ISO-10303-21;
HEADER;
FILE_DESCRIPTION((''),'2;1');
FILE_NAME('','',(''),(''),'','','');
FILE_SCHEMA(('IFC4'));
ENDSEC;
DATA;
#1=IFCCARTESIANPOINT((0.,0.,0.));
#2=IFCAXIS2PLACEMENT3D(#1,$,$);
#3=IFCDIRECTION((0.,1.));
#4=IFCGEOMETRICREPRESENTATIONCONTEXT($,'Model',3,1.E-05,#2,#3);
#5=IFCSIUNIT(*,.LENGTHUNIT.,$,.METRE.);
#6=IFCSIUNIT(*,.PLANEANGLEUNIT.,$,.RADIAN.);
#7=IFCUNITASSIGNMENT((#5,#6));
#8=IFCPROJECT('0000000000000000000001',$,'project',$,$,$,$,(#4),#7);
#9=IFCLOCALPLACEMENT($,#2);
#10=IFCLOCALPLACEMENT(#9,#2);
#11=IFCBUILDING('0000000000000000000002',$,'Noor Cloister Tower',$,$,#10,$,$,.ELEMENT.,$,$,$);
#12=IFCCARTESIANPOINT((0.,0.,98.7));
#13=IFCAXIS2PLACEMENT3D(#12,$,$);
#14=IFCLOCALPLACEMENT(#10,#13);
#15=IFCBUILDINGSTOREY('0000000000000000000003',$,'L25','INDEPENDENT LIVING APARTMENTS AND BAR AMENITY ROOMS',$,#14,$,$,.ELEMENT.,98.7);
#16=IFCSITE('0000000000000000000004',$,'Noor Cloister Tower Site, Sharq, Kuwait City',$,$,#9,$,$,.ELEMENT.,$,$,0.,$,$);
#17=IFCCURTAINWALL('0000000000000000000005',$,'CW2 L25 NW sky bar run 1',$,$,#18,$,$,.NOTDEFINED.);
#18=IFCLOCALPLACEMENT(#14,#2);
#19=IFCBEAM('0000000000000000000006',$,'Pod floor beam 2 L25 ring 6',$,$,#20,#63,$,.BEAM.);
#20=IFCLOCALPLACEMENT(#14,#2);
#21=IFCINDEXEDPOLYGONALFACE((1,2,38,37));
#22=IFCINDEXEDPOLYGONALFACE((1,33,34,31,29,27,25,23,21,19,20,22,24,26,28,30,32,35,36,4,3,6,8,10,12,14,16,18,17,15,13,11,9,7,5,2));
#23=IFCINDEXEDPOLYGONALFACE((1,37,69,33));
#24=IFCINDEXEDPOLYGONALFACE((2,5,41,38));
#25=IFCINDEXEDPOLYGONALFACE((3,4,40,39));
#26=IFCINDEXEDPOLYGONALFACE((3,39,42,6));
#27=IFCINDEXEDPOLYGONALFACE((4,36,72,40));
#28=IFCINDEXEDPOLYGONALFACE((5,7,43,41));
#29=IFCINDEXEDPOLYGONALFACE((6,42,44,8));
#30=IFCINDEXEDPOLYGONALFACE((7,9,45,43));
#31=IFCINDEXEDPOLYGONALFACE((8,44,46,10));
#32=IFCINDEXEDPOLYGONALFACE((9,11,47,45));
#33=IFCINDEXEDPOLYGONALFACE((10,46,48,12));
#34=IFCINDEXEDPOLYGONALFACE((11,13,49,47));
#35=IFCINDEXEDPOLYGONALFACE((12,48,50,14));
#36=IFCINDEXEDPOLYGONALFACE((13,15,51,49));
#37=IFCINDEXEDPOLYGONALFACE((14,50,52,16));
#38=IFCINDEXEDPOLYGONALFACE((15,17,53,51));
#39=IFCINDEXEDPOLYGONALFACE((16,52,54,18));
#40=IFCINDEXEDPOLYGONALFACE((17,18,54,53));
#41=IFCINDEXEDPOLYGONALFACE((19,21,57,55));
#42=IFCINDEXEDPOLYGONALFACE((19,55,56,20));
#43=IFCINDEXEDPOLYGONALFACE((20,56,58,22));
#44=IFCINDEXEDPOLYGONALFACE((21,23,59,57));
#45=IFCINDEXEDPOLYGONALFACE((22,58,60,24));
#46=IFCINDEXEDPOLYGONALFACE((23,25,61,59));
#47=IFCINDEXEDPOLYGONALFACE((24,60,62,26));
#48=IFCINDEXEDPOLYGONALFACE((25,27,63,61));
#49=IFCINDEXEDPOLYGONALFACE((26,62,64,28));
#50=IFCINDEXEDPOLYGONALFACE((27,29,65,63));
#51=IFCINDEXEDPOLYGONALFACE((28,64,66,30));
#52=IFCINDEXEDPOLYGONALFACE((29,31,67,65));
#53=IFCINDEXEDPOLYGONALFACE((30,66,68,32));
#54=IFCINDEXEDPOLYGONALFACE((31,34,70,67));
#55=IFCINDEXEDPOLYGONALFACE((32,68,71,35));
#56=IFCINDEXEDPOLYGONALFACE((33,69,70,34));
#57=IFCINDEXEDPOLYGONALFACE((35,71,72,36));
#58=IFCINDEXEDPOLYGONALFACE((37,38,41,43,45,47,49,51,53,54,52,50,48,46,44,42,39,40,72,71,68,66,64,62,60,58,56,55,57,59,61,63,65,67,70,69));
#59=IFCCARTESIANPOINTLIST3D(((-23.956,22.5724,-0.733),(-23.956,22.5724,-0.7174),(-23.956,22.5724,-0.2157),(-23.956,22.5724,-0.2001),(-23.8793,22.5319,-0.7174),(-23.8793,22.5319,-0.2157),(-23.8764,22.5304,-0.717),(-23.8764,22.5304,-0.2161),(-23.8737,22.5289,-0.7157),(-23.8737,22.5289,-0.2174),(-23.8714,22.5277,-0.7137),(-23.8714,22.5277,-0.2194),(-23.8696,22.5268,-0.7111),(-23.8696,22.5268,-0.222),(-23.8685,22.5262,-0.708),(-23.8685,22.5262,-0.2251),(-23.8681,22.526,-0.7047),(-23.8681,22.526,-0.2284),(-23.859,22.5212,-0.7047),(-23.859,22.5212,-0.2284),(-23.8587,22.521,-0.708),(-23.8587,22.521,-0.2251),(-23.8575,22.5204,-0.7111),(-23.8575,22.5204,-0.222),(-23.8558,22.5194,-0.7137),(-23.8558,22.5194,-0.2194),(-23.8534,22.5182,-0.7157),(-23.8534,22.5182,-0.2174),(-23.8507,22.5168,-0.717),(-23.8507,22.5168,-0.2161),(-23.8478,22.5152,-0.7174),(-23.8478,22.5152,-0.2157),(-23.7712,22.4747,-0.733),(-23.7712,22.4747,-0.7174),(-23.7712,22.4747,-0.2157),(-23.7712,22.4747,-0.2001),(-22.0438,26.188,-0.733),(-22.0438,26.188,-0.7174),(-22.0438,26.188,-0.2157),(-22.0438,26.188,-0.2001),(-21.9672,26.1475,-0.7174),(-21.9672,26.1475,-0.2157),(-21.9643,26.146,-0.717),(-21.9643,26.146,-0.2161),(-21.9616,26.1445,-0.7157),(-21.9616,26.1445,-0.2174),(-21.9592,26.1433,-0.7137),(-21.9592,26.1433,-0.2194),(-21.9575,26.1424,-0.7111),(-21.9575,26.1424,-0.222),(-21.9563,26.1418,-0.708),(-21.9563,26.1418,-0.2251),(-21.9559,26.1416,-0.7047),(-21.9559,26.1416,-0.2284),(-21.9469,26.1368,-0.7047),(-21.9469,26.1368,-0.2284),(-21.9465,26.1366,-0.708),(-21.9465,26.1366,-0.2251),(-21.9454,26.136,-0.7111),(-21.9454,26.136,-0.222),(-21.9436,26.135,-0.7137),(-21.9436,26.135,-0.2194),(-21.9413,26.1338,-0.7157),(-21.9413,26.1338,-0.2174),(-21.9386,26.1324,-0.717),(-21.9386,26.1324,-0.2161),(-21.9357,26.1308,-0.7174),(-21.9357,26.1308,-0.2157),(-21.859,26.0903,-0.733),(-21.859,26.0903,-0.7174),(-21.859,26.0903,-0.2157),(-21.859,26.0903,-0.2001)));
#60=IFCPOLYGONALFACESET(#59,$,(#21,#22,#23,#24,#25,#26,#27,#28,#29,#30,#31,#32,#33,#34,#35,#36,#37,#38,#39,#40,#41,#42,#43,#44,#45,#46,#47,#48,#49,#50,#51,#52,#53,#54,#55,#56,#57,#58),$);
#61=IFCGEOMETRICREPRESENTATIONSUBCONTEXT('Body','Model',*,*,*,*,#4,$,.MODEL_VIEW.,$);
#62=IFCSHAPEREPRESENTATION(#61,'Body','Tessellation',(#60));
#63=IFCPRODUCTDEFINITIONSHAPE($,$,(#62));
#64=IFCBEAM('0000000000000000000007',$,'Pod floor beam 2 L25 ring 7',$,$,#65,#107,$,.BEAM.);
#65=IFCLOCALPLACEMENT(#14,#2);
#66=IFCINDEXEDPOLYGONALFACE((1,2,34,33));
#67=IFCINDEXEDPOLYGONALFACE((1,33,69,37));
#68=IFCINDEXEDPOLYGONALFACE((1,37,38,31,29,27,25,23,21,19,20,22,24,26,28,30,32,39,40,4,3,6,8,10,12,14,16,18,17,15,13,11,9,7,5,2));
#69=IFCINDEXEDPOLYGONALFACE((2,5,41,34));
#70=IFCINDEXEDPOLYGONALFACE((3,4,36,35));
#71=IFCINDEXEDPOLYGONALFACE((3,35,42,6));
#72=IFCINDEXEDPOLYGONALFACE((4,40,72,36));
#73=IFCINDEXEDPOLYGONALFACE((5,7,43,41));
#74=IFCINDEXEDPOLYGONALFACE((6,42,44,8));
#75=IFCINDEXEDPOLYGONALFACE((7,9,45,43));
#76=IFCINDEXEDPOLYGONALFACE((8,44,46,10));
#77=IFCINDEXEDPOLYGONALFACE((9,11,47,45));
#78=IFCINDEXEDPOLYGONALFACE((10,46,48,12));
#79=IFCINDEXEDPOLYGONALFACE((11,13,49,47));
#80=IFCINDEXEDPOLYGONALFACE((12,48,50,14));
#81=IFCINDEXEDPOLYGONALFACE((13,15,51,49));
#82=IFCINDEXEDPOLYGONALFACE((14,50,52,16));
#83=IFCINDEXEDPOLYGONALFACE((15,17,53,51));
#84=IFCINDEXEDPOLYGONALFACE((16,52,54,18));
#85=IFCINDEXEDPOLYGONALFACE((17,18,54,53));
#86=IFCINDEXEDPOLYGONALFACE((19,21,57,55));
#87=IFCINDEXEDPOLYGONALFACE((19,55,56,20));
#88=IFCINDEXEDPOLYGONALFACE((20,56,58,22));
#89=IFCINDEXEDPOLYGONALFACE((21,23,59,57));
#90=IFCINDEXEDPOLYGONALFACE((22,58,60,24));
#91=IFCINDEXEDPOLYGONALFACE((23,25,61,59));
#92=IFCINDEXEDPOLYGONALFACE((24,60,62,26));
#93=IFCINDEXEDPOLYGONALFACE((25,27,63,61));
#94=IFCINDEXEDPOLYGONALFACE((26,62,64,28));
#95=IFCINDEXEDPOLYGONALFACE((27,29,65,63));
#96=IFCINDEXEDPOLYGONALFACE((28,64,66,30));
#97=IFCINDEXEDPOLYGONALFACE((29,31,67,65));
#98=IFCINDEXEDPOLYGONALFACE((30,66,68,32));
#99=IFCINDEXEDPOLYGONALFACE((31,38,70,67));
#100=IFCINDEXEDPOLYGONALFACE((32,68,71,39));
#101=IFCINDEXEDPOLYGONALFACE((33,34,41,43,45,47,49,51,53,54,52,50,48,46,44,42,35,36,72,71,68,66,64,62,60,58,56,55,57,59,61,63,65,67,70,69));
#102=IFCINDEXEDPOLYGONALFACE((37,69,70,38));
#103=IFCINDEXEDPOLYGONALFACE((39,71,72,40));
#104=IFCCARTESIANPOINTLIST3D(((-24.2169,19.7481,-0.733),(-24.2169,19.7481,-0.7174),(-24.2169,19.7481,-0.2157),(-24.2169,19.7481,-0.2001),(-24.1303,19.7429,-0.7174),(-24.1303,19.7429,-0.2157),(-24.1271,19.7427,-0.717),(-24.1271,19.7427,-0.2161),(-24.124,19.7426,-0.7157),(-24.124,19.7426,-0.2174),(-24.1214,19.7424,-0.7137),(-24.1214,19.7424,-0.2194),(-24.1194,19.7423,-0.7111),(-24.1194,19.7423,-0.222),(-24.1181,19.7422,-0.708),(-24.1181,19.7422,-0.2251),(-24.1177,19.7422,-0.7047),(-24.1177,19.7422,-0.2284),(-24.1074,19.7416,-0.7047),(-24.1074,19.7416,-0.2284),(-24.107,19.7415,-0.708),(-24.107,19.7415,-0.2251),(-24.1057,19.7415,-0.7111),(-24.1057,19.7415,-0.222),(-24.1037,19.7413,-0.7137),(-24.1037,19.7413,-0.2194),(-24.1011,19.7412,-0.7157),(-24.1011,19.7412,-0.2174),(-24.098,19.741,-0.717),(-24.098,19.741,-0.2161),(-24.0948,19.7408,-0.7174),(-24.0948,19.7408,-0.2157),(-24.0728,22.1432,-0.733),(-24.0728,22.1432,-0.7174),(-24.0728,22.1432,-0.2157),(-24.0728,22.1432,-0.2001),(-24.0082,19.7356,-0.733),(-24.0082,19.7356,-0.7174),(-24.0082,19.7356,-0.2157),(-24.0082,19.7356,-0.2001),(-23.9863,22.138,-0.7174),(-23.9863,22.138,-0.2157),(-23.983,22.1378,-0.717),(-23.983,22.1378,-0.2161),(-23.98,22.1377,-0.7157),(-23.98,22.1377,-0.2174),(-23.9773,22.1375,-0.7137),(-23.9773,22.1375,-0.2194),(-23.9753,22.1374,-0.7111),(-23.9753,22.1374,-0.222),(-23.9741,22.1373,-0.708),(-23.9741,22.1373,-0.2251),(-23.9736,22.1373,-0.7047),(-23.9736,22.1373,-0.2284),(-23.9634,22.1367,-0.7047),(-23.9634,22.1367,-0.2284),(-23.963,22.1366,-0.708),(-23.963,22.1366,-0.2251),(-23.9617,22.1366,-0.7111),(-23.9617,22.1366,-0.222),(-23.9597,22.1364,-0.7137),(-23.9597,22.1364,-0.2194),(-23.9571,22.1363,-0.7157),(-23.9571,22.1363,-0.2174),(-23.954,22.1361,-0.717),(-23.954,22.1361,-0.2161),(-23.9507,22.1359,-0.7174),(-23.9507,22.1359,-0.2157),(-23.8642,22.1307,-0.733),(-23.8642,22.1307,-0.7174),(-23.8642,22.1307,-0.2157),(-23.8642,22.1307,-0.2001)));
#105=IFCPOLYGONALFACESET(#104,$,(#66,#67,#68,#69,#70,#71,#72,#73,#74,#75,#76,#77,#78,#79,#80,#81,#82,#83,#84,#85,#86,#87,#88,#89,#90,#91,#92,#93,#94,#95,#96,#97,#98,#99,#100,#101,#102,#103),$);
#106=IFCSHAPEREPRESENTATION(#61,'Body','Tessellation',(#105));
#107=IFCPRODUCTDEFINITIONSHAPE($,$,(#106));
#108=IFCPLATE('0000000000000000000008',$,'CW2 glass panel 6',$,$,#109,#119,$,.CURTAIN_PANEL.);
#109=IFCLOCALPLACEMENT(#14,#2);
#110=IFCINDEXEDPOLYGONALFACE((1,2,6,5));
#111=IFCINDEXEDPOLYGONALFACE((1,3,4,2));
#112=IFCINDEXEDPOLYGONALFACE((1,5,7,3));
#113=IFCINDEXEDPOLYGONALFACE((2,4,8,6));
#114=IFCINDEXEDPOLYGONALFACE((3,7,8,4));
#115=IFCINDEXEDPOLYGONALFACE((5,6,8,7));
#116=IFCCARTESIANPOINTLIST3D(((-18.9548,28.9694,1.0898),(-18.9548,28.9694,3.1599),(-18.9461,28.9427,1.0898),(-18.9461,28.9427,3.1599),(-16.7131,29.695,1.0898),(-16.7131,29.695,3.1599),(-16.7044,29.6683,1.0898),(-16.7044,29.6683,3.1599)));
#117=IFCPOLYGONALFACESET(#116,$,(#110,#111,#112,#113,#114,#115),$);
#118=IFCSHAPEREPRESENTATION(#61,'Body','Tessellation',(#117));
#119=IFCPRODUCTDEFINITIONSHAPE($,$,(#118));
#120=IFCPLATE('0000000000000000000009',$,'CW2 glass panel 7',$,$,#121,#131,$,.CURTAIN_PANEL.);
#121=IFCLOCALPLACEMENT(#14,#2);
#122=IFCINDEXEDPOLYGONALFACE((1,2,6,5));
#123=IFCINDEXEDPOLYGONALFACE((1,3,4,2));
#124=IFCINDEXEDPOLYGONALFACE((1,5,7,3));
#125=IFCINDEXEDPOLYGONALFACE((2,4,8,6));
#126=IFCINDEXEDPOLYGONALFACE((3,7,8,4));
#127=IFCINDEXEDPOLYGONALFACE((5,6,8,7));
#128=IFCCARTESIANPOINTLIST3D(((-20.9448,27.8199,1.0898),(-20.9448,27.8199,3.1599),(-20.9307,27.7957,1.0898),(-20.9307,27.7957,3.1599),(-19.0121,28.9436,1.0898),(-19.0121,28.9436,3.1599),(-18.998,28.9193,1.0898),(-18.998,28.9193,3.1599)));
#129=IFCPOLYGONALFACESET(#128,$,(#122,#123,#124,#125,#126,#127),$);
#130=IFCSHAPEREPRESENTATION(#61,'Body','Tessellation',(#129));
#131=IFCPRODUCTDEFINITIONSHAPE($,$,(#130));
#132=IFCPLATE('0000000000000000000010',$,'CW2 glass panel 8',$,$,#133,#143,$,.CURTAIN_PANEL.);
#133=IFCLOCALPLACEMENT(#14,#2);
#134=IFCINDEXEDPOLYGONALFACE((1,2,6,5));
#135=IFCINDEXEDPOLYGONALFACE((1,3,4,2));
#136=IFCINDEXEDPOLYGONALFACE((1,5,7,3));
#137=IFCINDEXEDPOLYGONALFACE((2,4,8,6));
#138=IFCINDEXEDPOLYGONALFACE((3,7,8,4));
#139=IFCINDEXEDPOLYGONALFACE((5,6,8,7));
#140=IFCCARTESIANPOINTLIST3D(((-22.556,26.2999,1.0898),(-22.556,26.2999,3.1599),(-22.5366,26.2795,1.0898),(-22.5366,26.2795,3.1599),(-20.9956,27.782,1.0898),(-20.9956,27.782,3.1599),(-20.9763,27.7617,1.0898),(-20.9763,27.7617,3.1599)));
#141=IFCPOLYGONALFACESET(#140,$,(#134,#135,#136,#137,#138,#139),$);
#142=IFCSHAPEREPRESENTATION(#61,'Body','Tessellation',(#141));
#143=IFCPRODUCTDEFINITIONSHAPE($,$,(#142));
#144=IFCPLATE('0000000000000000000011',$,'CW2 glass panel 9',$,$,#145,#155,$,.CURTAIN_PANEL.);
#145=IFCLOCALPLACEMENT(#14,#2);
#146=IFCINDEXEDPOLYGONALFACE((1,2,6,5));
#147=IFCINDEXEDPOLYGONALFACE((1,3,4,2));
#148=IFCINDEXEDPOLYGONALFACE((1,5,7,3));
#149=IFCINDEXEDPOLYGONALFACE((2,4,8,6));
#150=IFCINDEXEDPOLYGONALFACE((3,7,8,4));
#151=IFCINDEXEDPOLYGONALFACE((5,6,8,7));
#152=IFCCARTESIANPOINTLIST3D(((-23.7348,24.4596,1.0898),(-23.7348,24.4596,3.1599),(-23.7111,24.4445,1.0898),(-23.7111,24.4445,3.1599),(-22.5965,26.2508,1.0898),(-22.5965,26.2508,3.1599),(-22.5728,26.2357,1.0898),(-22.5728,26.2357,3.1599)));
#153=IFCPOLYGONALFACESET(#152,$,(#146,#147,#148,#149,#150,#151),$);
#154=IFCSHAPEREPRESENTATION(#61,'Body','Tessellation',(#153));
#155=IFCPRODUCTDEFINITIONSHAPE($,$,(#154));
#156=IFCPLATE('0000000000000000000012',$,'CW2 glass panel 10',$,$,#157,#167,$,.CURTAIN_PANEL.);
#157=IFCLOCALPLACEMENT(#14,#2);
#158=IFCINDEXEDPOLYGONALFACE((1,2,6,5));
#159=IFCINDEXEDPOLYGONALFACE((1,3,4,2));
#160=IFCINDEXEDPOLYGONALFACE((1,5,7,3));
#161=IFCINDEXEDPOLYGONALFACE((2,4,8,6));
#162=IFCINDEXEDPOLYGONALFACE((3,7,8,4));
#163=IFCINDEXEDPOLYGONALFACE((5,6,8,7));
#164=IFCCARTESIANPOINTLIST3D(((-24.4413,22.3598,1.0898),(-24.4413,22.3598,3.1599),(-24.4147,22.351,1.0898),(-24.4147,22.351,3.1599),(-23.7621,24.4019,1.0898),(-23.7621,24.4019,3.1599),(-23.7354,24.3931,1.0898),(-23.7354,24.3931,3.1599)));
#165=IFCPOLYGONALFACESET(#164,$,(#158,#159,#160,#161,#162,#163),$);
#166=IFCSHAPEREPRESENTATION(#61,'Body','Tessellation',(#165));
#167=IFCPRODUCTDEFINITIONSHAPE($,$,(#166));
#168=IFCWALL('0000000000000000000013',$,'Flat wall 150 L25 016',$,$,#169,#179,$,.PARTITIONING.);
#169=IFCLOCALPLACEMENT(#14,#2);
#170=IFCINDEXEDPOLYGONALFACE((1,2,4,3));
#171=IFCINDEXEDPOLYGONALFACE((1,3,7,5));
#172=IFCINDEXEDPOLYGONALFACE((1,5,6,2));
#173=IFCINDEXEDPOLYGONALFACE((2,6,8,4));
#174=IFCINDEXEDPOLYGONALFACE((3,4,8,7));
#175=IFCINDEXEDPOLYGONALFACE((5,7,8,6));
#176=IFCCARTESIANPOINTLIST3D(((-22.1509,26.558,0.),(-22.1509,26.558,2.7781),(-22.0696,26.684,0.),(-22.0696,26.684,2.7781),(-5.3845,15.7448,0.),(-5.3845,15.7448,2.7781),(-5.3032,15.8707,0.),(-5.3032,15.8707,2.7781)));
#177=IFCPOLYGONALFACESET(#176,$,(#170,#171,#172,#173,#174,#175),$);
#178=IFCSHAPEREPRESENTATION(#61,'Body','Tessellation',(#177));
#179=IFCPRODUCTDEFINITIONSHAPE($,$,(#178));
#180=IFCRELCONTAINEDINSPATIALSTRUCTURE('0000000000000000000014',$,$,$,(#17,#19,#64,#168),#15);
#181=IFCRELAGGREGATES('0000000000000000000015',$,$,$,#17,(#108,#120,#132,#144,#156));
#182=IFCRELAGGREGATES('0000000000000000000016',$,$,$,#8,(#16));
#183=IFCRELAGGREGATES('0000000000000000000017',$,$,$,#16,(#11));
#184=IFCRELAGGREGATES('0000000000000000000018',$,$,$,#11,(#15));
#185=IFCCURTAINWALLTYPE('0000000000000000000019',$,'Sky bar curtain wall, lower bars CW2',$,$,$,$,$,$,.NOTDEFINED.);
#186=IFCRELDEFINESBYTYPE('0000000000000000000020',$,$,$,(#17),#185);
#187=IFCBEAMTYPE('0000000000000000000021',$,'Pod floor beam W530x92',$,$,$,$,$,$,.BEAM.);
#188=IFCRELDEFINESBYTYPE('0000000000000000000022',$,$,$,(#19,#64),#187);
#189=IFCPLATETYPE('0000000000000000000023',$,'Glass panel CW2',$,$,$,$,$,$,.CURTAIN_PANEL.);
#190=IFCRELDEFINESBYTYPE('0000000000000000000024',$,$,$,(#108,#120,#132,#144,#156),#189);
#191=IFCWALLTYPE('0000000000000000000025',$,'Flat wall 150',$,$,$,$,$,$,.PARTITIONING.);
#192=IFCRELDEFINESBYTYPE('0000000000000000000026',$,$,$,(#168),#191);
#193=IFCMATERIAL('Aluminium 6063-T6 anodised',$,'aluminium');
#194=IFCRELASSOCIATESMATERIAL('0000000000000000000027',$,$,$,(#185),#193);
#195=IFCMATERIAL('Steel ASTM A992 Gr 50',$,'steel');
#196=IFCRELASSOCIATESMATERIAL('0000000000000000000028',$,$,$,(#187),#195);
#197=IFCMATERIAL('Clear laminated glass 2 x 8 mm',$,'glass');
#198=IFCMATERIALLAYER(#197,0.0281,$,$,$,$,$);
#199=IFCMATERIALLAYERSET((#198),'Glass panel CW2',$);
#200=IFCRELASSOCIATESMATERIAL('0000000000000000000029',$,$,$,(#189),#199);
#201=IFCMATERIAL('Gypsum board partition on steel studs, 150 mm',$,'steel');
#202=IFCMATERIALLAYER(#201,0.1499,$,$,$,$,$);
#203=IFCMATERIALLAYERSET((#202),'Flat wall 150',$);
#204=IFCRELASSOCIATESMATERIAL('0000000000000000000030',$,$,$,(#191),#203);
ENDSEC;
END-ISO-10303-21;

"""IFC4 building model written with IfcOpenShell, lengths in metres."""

from ifc_helpers import new_model, si_unit, direction, frame, frame_2d, origin, origin_2d, place, context, subcontext, project, spatial, rectangle, i_section, extrude, material, layer, layer_set, material_profile, profile_set, type_object, element, aggregate, save


model = new_model("IFC4")

# Units and contexts
model_context = context("Model", 3, precision=1e-05, world=origin(), true_north=direction((0.0, 1.0)))
body_context = subcontext(model_context, "Body", "Model", "MODEL_VIEW")
ifc_project = project(units=[si_unit("LENGTHUNIT", "METRE"), si_unit("PLANEANGLEUNIT", "RADIAN")], contexts=[model_context])

# Site, building, storey
site_placement = place(None, origin())
site = spatial("IfcSite", under=ifc_project, at=site_placement, Name="Noor Cloister Tower Site, Sharq, Kuwait City", CompositionType="ELEMENT", RefElevation=0.0)
building_placement = place(site_placement, origin())
building = spatial("IfcBuilding", under=site, at=building_placement, Name="Noor Cloister Tower", CompositionType="ELEMENT")
storey_placement = place(building_placement, frame((0.0, 0.0, 98.7)))
storey = spatial("IfcBuildingStorey", under=building, at=storey_placement, Name="L25", Description="INDEPENDENT LIVING APARTMENTS AND BAR AMENITY ROOMS", CompositionType="ELEMENT", Elevation=98.7)

# Curtain wall
ifc_material_1 = material(Name="Aluminium 6063-T6 anodised", Category="aluminium")
curtain_wall_type = type_object("IfcCurtainWallType", Name="Sky bar curtain wall, lower bars CW2", PredefinedType="NOTDEFINED", material=ifc_material_1)
curtain_wall_placement = place(storey_placement, origin())
curtain_wall = element("IfcCurtainWall", 1, at=curtain_wall_placement, inside=storey, type_object=curtain_wall_type, Name="CW2 L25 NW sky bar run 1", PredefinedType="NOTDEFINED")

# Beams
ifc_material_2 = material(Name="Steel ASTM A992 Gr 50", Category="steel")
ifc_material_profile_1 = material_profile(ifc_material_2, i_section(OverallWidth=0.209, OverallDepth=0.533, WebThickness=0.0103, FlangeThickness=0.0156, FilletRadius=0.0127, at=origin_2d()), Name="W530x92")
ifc_profile_set_1 = profile_set([ifc_material_profile_1], Name="Steel ASTM A992 Gr 50")
beam_type = type_object("IfcBeamType", Name="Pod floor beam W530x92", PredefinedType="BEAM", material=ifc_profile_set_1)
beam_1_placement = place(storey_placement, frame((-21.9514, 26.1392, -0.4666), z_axis=(-0.467512, -0.883987, 0.0), x_axis=(0.883987, -0.467512, 0.0)))
element("IfcBeam", 2, at=beam_1_placement, inside=storey, type_object=beam_type, Name="Pod floor beam 2 L25 ring 6", PredefinedType="BEAM", context=body_context, shape_type="SweptSolid", body=[
    extrude(i_section(OverallWidth=0.209, OverallDepth=0.533, WebThickness=0.0103, FlangeThickness=0.0156, FilletRadius=0.0127, at=origin_2d()), origin(), (0.0, 0.0, 1.0), 4.0901),
])
beam_2_placement = place(storey_placement, frame((-23.9685, 22.137, -0.4666), z_axis=(-0.060034, -0.998196, 0.0), x_axis=(0.998196, -0.060034, 0.0)))
element("IfcBeam", 3, at=beam_2_placement, inside=storey, type_object=beam_type, Name="Pod floor beam 2 L25 ring 7", PredefinedType="BEAM", context=body_context, shape_type="SweptSolid", body=[
    extrude(i_section(OverallWidth=0.209, OverallDepth=0.533, WebThickness=0.0103, FlangeThickness=0.0156, FilletRadius=0.0127, at=origin_2d()), origin(), (0.0, 0.0, 1.0), 2.3994),
])

# Plates
ifc_material_3 = material(Name="Clear laminated glass 2 x 8 mm", Category="glass")
ifc_layer_1 = layer(ifc_material_3, 0.0281)
ifc_layer_set_1 = layer_set([ifc_layer_1], Name="Glass panel CW2")
plate_type = type_object("IfcPlateType", Name="Glass panel CW2", PredefinedType="CURTAIN_PANEL", material=ifc_layer_set_1)
plate_1_placement = place(storey_placement, frame((-17.8296, 29.3188, 1.0898), z_axis=(0.0, 0.0, 1.0), x_axis=(-0.951406, -0.307939, 0.0)))
plate_1 = element("IfcPlate", 4, at=plate_1_placement, type_object=plate_type, Name="CW2 glass panel 6", PredefinedType="CURTAIN_PANEL", context=body_context, shape_type="SweptSolid", body=[
    extrude(rectangle(XDim=2.3562, YDim=0.0281, at=origin_2d()), origin(), (0.0, 0.0, 1.0), 2.0701),
])
plate_2_placement = place(storey_placement, frame((-19.9714, 28.3696, 1.0898), z_axis=(0.0, 0.0, 1.0), x_axis=(-0.864505, -0.502624, 0.0)))
plate_2 = element("IfcPlate", 5, at=plate_2_placement, type_object=plate_type, Name="CW2 glass panel 7", PredefinedType="CURTAIN_PANEL", context=body_context, shape_type="SweptSolid", body=[
    extrude(rectangle(XDim=2.2356, YDim=0.0281, at=origin_2d()), origin(), (0.0, 0.0, 1.0), 2.0701),
])
plate_3_placement = place(storey_placement, frame((-21.7661, 27.0308, 1.0898), z_axis=(0.0, 0.0, 1.0), x_axis=(-0.725048, -0.688698, 0.0)))
plate_3 = element("IfcPlate", 6, at=plate_3_placement, type_object=plate_type, Name="CW2 glass panel 8", PredefinedType="CURTAIN_PANEL", context=body_context, shape_type="SweptSolid", body=[
    extrude(rectangle(XDim=2.1521, YDim=0.0281, at=origin_2d()), origin(), (0.0, 0.0, 1.0), 2.0701),
])
plate_4_placement = place(storey_placement, frame((-23.1538, 25.3477, 1.0898), z_axis=(0.0, 0.0, 1.0), x_axis=(-0.53635, -0.843995, 0.0)))
plate_4 = element("IfcPlate", 7, at=plate_4_placement, type_object=plate_type, Name="CW2 glass panel 9", PredefinedType="CURTAIN_PANEL", context=body_context, shape_type="SweptSolid", body=[
    extrude(rectangle(XDim=2.1223, YDim=0.0281, at=origin_2d()), origin(), (0.0, 0.0, 1.0), 2.0701),
])
plate_5_placement = place(storey_placement, frame((-24.0884, 23.3765, 1.0898), z_axis=(0.0, 0.0, 1.0), x_axis=(-0.31562, -0.948886, 0.0)))
plate_5 = element("IfcPlate", 8, at=plate_5_placement, type_object=plate_type, Name="CW2 glass panel 10", PredefinedType="CURTAIN_PANEL", context=body_context, shape_type="SweptSolid", body=[
    extrude(rectangle(XDim=2.1521, YDim=0.0281, at=origin_2d()), origin(), (0.0, 0.0, 1.0), 2.0701),
])
aggregate(curtain_wall, [plate_1, plate_2, plate_3, plate_4, plate_5])

# Wall
ifc_material_4 = material(Name="Gypsum board partition on steel studs, 150 mm", Category="steel")
ifc_layer_2 = layer(ifc_material_4, 0.1499)
ifc_layer_set_2 = layer_set([ifc_layer_2], Name="Flat wall 150")
wall_type = type_object("IfcWallType", Name="Flat wall 150", PredefinedType="PARTITIONING", material=ifc_layer_set_2)
wall_placement = place(storey_placement, frame((-22.1104, 26.6211, 0.0), z_axis=(0.0, 0.0, 1.0), x_axis=(0.840383, -0.541993, 0.0)))
element("IfcWall", 9, at=wall_placement, inside=storey, type_object=wall_type, Name="Flat wall 150 L25 016", PredefinedType="PARTITIONING", context=body_context, shape_type="SweptSolid", body=[
    extrude(rectangle(XDim=19.9509, YDim=0.1499, at=frame_2d((9.9756, 0.0))), origin(), (0.0, 0.0, 1.0), 2.7781),
])

save(model, "model.ifc")
